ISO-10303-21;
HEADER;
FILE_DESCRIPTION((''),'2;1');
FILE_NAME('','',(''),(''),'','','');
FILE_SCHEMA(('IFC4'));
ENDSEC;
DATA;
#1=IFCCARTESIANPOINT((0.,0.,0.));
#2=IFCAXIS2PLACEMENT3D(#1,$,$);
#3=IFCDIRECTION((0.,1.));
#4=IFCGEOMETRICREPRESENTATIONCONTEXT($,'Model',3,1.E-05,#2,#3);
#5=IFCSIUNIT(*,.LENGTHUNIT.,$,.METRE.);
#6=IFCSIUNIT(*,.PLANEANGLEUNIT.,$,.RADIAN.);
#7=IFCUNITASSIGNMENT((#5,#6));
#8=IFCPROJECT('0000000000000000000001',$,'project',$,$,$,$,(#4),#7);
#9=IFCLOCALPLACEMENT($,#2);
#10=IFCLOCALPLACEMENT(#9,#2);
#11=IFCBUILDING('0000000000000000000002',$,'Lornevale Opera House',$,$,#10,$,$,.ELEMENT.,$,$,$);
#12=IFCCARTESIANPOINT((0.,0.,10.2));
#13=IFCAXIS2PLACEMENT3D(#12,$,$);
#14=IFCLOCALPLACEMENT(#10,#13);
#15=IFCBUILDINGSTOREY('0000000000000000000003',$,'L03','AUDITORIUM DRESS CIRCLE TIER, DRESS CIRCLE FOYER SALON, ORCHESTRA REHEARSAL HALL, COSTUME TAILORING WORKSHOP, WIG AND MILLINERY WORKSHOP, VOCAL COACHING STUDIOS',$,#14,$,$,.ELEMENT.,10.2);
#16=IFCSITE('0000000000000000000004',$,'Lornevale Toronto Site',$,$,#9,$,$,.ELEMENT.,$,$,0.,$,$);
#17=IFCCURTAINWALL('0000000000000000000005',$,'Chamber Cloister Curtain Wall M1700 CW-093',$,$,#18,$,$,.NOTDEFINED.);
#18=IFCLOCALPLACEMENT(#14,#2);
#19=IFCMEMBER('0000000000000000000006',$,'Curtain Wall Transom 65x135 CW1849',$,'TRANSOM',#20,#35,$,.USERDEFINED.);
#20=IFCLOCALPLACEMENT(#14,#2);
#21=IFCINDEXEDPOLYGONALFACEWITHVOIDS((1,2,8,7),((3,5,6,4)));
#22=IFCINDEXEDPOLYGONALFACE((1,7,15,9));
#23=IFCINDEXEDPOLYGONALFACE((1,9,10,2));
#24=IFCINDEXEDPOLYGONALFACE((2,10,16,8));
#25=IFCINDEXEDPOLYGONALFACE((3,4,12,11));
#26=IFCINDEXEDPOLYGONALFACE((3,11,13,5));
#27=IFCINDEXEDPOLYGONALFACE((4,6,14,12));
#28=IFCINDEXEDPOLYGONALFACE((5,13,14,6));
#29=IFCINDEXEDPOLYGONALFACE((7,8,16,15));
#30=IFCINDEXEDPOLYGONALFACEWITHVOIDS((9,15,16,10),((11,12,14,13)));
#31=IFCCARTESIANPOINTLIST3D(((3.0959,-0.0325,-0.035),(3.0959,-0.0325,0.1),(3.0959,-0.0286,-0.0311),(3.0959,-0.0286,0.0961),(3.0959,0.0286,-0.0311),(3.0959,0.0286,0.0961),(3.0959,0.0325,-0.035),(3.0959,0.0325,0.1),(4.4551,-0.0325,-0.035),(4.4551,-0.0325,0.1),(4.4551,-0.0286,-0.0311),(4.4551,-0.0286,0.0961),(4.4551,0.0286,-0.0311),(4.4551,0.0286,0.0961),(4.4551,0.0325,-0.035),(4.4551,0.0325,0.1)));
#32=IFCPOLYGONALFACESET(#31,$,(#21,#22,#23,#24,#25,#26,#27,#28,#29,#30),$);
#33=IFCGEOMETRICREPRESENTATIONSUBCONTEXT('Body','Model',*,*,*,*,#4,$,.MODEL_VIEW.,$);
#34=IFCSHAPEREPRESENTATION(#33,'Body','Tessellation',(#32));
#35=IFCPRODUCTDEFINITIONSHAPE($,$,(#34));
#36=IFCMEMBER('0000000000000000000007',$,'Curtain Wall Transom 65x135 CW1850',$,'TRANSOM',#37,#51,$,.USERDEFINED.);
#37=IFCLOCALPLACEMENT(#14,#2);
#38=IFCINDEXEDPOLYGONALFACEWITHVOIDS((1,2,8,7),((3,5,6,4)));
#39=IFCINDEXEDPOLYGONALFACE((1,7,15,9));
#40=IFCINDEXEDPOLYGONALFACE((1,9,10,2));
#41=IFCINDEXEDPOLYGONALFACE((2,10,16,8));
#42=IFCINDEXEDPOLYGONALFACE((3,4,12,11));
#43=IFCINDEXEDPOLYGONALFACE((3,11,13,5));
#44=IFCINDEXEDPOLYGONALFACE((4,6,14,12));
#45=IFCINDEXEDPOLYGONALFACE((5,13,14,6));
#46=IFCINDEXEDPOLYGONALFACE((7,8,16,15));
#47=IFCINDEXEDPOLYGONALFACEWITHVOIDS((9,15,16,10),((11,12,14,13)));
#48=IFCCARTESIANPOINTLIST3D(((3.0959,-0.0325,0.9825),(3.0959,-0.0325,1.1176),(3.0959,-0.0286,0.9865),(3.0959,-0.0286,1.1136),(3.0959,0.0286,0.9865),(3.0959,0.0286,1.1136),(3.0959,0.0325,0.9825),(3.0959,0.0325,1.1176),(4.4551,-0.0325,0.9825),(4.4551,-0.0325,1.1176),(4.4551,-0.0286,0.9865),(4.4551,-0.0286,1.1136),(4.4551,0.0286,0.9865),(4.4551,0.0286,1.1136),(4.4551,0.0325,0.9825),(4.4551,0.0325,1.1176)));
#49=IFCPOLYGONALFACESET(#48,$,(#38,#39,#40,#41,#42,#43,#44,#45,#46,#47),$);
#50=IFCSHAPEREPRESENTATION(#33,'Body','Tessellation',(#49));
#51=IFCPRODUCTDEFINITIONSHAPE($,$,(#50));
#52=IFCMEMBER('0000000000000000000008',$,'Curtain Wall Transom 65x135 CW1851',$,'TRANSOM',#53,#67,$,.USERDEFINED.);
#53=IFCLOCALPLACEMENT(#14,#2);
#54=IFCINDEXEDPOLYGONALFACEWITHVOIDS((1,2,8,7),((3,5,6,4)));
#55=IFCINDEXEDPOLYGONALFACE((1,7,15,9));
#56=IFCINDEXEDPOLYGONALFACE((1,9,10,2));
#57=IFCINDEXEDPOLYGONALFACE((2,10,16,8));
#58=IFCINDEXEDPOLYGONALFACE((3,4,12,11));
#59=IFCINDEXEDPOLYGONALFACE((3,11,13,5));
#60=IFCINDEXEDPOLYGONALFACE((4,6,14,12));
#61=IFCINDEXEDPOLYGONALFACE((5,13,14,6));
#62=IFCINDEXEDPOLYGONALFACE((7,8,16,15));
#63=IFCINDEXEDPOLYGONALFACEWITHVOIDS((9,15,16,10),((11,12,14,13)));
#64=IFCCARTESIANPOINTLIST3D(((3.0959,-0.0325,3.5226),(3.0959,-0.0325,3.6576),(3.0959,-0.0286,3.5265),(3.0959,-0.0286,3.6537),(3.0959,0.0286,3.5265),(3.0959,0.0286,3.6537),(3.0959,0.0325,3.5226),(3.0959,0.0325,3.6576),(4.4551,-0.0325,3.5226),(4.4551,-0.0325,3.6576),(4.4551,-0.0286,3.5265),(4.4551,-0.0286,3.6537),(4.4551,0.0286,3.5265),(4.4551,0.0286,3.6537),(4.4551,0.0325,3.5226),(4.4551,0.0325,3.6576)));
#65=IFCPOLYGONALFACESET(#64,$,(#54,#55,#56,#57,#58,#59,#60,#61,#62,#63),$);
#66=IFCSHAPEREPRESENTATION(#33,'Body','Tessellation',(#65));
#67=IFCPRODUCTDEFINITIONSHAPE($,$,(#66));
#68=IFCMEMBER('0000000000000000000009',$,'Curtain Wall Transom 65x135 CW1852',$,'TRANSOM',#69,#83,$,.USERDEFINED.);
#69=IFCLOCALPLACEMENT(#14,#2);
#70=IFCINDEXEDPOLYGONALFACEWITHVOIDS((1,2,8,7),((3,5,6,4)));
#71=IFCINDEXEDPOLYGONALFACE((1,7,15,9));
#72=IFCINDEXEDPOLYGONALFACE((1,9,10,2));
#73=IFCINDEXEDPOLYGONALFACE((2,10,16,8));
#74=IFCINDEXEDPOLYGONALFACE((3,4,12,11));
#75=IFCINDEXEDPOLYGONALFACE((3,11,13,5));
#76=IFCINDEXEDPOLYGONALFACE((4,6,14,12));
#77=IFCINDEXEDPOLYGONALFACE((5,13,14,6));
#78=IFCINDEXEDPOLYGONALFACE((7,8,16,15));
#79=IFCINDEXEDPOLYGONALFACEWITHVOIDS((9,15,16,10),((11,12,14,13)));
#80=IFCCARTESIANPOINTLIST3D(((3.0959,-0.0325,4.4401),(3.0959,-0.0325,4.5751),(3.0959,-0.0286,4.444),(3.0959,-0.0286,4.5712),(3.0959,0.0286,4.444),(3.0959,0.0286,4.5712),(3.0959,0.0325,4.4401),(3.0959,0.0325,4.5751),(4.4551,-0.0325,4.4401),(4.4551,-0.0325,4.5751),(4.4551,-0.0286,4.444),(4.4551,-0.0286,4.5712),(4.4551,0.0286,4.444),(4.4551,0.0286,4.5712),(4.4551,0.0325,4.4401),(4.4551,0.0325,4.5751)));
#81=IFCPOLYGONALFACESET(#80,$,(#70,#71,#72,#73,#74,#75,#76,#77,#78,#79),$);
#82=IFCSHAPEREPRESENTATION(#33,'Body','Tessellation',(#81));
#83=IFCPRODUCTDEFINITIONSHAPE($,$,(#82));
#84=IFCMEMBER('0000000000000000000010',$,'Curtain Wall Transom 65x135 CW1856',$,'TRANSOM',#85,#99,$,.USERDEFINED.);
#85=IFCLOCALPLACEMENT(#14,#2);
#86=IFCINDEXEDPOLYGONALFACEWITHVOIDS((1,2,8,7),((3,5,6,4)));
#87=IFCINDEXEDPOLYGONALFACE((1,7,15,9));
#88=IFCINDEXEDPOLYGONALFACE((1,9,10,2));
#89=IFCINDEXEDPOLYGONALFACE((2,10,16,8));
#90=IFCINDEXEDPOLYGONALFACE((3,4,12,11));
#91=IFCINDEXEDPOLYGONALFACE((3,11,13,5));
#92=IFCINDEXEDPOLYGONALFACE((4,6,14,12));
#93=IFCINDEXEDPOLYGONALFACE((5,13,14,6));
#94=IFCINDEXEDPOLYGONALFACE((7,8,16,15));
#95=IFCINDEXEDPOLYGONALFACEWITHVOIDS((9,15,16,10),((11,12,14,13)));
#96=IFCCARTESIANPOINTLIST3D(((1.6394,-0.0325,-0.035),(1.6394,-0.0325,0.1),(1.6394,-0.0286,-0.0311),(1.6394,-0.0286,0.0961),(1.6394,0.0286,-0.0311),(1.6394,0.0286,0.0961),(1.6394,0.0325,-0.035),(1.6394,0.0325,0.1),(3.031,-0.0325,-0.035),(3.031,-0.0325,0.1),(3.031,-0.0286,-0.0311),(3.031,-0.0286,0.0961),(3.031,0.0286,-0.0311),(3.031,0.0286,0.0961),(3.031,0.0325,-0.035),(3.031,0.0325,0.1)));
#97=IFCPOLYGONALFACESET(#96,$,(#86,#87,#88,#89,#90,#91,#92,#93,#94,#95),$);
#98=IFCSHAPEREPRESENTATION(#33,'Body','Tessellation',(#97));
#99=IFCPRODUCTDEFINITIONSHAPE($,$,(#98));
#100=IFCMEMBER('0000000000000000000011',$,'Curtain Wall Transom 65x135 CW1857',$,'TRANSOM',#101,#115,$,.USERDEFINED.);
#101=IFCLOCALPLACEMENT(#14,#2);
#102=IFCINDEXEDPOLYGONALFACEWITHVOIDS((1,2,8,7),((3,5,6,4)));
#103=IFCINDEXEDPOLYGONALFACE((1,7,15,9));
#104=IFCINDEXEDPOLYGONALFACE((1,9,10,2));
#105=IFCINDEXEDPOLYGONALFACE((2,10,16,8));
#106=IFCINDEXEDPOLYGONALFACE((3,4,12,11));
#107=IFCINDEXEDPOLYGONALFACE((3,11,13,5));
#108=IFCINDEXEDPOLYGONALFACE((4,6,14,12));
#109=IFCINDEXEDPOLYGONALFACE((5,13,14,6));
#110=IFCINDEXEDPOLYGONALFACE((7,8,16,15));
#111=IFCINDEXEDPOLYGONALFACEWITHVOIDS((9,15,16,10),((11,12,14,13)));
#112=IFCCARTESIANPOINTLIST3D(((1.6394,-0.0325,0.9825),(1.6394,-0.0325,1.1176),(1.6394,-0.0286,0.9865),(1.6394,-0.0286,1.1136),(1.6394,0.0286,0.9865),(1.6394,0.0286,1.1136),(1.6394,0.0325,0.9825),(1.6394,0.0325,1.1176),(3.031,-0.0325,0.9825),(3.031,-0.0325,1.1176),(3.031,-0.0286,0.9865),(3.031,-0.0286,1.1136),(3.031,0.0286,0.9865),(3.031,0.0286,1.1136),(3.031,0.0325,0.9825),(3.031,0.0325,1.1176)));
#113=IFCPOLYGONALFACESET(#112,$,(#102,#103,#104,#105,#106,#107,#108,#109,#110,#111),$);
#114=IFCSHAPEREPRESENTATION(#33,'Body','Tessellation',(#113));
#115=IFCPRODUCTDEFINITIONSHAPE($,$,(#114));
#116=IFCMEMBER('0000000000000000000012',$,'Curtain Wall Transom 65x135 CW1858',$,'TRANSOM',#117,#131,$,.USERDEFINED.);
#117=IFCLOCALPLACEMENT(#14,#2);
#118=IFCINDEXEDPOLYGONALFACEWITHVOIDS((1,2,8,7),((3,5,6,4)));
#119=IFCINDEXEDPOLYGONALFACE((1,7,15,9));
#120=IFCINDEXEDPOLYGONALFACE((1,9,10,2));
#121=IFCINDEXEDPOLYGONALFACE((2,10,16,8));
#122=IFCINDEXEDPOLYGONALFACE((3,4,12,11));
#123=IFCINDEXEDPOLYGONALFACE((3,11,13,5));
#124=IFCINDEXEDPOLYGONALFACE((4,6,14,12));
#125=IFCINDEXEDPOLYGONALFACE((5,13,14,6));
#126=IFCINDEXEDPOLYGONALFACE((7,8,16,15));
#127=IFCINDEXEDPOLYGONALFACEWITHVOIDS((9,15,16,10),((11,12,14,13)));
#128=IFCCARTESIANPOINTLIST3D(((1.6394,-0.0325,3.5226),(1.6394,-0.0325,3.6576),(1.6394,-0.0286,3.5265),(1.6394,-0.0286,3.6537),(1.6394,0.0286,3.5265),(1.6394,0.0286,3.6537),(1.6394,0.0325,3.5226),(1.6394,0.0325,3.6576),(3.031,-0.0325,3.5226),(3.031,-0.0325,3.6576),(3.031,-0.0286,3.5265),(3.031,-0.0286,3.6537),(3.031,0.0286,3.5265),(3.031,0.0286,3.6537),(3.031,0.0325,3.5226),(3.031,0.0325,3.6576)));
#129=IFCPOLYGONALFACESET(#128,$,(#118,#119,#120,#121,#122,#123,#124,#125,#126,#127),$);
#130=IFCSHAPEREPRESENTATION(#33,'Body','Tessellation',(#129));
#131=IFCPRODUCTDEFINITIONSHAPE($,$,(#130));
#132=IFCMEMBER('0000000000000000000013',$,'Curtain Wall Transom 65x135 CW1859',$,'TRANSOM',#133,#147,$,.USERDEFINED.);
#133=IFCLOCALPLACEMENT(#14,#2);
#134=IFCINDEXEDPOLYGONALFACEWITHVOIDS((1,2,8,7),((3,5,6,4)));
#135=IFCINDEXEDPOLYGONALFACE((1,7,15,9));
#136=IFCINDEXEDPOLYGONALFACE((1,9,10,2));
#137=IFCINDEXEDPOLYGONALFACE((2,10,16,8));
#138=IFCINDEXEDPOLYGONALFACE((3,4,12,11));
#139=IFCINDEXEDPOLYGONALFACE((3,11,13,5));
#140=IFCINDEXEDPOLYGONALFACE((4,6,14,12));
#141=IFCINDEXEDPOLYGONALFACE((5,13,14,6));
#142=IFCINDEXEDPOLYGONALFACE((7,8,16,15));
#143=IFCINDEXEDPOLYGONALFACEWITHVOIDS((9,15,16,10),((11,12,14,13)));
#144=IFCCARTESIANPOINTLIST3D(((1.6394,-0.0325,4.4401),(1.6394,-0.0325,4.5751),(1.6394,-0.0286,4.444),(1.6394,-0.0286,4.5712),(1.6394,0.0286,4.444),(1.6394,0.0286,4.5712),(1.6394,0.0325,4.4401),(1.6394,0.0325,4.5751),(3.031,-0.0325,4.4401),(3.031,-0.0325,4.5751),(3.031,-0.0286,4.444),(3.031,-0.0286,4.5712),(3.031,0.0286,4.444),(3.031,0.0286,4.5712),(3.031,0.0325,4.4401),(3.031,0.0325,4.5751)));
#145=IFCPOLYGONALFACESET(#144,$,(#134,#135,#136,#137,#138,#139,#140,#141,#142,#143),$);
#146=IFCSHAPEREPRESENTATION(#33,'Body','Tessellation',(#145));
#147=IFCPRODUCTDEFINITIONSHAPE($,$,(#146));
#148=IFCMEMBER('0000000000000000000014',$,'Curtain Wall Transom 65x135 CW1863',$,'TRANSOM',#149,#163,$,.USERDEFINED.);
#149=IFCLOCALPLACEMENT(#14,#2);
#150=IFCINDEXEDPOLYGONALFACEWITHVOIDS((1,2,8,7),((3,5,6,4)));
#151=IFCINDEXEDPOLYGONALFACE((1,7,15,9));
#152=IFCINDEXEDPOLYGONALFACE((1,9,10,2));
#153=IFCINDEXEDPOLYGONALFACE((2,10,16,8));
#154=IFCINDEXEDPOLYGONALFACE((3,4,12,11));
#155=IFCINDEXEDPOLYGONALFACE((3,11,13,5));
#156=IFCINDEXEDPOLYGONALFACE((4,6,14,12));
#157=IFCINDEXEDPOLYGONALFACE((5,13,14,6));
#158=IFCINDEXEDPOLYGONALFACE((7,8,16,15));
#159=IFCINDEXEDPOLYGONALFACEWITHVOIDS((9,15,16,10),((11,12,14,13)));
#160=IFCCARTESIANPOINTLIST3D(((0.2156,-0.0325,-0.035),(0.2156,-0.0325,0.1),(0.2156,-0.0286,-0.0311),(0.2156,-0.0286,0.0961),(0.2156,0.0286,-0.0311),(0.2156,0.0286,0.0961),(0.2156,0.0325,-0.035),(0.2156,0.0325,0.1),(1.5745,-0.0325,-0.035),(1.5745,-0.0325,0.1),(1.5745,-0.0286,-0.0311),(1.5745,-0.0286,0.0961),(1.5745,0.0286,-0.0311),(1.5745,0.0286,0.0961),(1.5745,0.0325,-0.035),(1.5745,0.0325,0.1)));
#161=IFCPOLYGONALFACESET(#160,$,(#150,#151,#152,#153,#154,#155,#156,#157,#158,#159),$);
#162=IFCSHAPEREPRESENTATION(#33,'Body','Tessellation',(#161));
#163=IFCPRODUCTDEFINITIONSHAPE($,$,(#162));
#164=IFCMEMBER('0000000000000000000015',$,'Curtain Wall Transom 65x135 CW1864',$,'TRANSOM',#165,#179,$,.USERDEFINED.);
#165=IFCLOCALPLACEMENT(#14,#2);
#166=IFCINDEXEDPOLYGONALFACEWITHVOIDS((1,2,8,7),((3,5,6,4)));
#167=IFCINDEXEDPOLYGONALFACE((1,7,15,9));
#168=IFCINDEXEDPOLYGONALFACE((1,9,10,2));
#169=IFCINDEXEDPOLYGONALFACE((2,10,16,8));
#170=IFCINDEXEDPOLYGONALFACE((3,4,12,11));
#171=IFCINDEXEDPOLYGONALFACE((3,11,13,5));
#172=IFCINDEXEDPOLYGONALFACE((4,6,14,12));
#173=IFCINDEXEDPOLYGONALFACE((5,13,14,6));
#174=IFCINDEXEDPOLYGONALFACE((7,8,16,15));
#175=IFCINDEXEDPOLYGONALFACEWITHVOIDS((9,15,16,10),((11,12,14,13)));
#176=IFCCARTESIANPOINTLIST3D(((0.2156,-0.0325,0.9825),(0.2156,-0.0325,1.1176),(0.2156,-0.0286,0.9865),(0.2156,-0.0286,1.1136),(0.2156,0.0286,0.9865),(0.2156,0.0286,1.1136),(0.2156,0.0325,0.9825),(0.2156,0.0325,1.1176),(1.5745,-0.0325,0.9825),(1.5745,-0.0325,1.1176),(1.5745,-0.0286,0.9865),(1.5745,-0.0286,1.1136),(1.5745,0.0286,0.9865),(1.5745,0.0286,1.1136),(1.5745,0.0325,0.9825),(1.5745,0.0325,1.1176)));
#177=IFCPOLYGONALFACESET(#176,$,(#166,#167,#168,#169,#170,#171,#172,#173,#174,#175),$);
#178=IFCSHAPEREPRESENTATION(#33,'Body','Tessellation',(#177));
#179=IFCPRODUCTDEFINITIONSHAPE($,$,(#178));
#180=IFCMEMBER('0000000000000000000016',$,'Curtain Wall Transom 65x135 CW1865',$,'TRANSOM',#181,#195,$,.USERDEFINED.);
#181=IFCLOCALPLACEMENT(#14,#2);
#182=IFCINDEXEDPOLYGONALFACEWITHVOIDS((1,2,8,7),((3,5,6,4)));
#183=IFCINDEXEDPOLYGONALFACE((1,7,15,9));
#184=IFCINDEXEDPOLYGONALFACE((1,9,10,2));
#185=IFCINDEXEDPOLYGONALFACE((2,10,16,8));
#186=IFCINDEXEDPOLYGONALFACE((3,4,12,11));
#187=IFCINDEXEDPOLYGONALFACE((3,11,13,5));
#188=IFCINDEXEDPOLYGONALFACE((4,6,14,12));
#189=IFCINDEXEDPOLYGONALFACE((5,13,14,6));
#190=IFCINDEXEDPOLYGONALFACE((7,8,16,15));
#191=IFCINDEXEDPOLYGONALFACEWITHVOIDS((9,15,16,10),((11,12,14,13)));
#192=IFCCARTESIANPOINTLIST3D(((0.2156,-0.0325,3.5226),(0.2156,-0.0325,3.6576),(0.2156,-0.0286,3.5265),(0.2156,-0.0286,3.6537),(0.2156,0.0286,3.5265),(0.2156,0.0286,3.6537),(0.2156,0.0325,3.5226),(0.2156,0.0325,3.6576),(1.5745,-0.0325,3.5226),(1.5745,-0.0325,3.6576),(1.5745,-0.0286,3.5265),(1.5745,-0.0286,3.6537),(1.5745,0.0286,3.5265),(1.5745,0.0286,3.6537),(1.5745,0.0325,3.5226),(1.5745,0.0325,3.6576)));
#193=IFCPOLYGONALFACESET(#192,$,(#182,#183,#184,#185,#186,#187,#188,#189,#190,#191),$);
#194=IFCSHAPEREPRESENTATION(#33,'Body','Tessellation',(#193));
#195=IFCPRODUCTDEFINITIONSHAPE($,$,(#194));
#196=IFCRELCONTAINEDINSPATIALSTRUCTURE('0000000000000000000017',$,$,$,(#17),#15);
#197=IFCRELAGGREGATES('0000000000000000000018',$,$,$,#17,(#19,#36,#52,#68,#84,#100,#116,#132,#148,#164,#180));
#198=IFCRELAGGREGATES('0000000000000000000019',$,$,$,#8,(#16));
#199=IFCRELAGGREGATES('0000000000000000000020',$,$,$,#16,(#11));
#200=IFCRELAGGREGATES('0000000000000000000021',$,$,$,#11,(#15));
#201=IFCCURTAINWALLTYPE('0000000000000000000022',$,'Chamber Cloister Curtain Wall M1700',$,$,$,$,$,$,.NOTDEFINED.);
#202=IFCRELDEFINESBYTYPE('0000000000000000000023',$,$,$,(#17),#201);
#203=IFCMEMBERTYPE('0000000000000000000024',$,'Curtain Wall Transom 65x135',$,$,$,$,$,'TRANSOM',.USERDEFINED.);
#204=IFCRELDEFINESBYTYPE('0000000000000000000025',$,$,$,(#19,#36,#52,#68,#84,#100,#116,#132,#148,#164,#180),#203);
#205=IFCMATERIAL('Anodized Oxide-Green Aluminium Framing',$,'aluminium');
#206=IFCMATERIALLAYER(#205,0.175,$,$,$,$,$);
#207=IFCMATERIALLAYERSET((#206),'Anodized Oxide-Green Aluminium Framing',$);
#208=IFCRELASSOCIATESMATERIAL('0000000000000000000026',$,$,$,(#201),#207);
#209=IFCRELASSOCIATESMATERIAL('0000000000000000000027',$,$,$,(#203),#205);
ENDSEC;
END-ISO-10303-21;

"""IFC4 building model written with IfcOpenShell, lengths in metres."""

from ifc_helpers import new_model, si_unit, direction, frame, origin, origin_2d, place, context, subcontext, project, spatial, hollow_rectangle, extrude, material, layer, layer_set, material_profile, profile_set, type_object, element, aggregate, save


model = new_model("IFC4")

# Units and contexts
model_context = context("Model", 3, precision=1e-05, world=origin(), true_north=direction((0.0, 1.0)))
body_context = subcontext(model_context, "Body", "Model", "MODEL_VIEW")
ifc_project = project(units=[si_unit("LENGTHUNIT", "METRE"), si_unit("PLANEANGLEUNIT", "RADIAN")], contexts=[model_context])

# Site, building, storey
site_placement = place(None, origin())
site = spatial("IfcSite", under=ifc_project, at=site_placement, Name="Lornevale Toronto Site", CompositionType="ELEMENT", RefElevation=0.0)
building_placement = place(site_placement, origin())
building = spatial("IfcBuilding", under=site, at=building_placement, Name="Lornevale Opera House", CompositionType="ELEMENT")
storey_placement = place(building_placement, frame((0.0, 0.0, 10.2)))
storey = spatial("IfcBuildingStorey", under=building, at=storey_placement, Name="L03", Description="AUDITORIUM DRESS CIRCLE TIER, DRESS CIRCLE FOYER SALON, ORCHESTRA REHEARSAL HALL, COSTUME TAILORING WORKSHOP, WIG AND MILLINERY WORKSHOP, VOCAL COACHING STUDIOS", CompositionType="ELEMENT", Elevation=10.2)

# Curtain wall
ifc_material_1 = material(Name="Anodized Oxide-Green Aluminium Framing", Category="aluminium")
ifc_layer_1 = layer(ifc_material_1, 0.175)
ifc_layer_set_1 = layer_set([ifc_layer_1], Name="Anodized Oxide-Green Aluminium Framing")
curtain_wall_type = type_object("IfcCurtainWallType", Name="Chamber Cloister Curtain Wall M1700", PredefinedType="NOTDEFINED", material=ifc_layer_set_1)
curtain_wall_1_placement = place(storey_placement, origin())
curtain_wall_1 = element("IfcCurtainWall", 1, at=curtain_wall_1_placement, inside=storey, type_object=curtain_wall_type, Name="Chamber Cloister Curtain Wall M1700 CW-093", PredefinedType="NOTDEFINED")

# Members
ifc_material_profile_1 = material_profile(ifc_material_1, hollow_rectangle(XDim=0.0649, YDim=0.135, WallThickness=0.0039, at=origin_2d()), Name="ALU65x135x4")
ifc_profile_set_1 = profile_set([ifc_material_profile_1], Name="Anodized Oxide-Green Aluminium Framing")
member_type_1 = type_object("IfcMemberType", Name="Curtain Wall Transom 65x135", ElementType="TRANSOM", PredefinedType="USERDEFINED", material=ifc_profile_set_1)
member_1_placement = place(storey_placement, frame((4.4551, 0.0, 0.0325), z_axis=(-1.0, 0.0, 0.0), x_axis=(0.0, -1.0, 0.0)))
member_1 = element("IfcMember", 2, at=member_1_placement, type_object=member_type_1, Name="Curtain Wall Transom 65x135 CW1849", ObjectType="TRANSOM", PredefinedType="USERDEFINED", context=body_context, shape_type="SweptSolid", body=[
    extrude(hollow_rectangle(XDim=0.0649, YDim=0.135, WallThickness=0.0039, at=origin_2d()), origin(), (0.0, 0.0, 1.0), 1.3591),
])
member_2_placement = place(storey_placement, frame((4.4551, 0.0, 1.05), z_axis=(-1.0, 0.0, 0.0), x_axis=(0.0, -1.0, 0.0)))
member_2 = element("IfcMember", 3, at=member_2_placement, type_object=member_type_1, Name="Curtain Wall Transom 65x135 CW1850", ObjectType="TRANSOM", PredefinedType="USERDEFINED", context=body_context, shape_type="SweptSolid", body=[
    extrude(hollow_rectangle(XDim=0.0649, YDim=0.135, WallThickness=0.0039, at=origin_2d()), origin(), (0.0, 0.0, 1.0), 1.3591),
])
member_3_placement = place(storey_placement, frame((4.4551, 0.0, 3.5901), z_axis=(-1.0, 0.0, 0.0), x_axis=(0.0, -1.0, 0.0)))
member_3 = element("IfcMember", 4, at=member_3_placement, type_object=member_type_1, Name="Curtain Wall Transom 65x135 CW1851", ObjectType="TRANSOM", PredefinedType="USERDEFINED", context=body_context, shape_type="SweptSolid", body=[
    extrude(hollow_rectangle(XDim=0.0649, YDim=0.135, WallThickness=0.0039, at=origin_2d()), origin(), (0.0, 0.0, 1.0), 1.3591),
])
member_4_placement = place(storey_placement, frame((4.4551, 0.0, 4.5076), z_axis=(-1.0, 0.0, 0.0), x_axis=(0.0, -1.0, 0.0)))
member_4 = element("IfcMember", 5, at=member_4_placement, type_object=member_type_1, Name="Curtain Wall Transom 65x135 CW1852", ObjectType="TRANSOM", PredefinedType="USERDEFINED", context=body_context, shape_type="SweptSolid", body=[
    extrude(hollow_rectangle(XDim=0.0649, YDim=0.135, WallThickness=0.0039, at=origin_2d()), origin(), (0.0, 0.0, 1.0), 1.3591),
])
member_5_placement = place(storey_placement, frame((3.031, 0.0, 0.0325), z_axis=(-1.0, 0.0, 0.0), x_axis=(0.0, -1.0, 0.0)))
member_5 = element("IfcMember", 6, at=member_5_placement, type_object=member_type_1, Name="Curtain Wall Transom 65x135 CW1856", ObjectType="TRANSOM", PredefinedType="USERDEFINED", context=body_context, shape_type="SweptSolid", body=[
    extrude(hollow_rectangle(XDim=0.0649, YDim=0.135, WallThickness=0.0039, at=origin_2d()), origin(), (0.0, 0.0, 1.0), 1.3916),
])
member_6_placement = place(storey_placement, frame((3.031, 0.0, 1.05), z_axis=(-1.0, 0.0, 0.0), x_axis=(0.0, -1.0, 0.0)))
member_6 = element("IfcMember", 7, at=member_6_placement, type_object=member_type_1, Name="Curtain Wall Transom 65x135 CW1857", ObjectType="TRANSOM", PredefinedType="USERDEFINED", context=body_context, shape_type="SweptSolid", body=[
    extrude(hollow_rectangle(XDim=0.0649, YDim=0.135, WallThickness=0.0039, at=origin_2d()), origin(), (0.0, 0.0, 1.0), 1.3916),
])
member_7_placement = place(storey_placement, frame((3.031, 0.0, 3.5901), z_axis=(-1.0, 0.0, 0.0), x_axis=(0.0, -1.0, 0.0)))
member_7 = element("IfcMember", 8, at=member_7_placement, type_object=member_type_1, Name="Curtain Wall Transom 65x135 CW1858", ObjectType="TRANSOM", PredefinedType="USERDEFINED", context=body_context, shape_type="SweptSolid", body=[
    extrude(hollow_rectangle(XDim=0.0649, YDim=0.135, WallThickness=0.0039, at=origin_2d()), origin(), (0.0, 0.0, 1.0), 1.3916),
])
member_8_placement = place(storey_placement, frame((3.031, 0.0, 4.5076), z_axis=(-1.0, 0.0, 0.0), x_axis=(0.0, -1.0, 0.0)))
member_8 = element("IfcMember", 9, at=member_8_placement, type_object=member_type_1, Name="Curtain Wall Transom 65x135 CW1859", ObjectType="TRANSOM", PredefinedType="USERDEFINED", context=body_context, shape_type="SweptSolid", body=[
    extrude(hollow_rectangle(XDim=0.0649, YDim=0.135, WallThickness=0.0039, at=origin_2d()), origin(), (0.0, 0.0, 1.0), 1.3916),
])
member_9_placement = place(storey_placement, frame((1.5745, 0.0, 0.0325), z_axis=(-1.0, 0.0, 0.0), x_axis=(0.0, -1.0, 0.0)))
member_9 = element("IfcMember", 10, at=member_9_placement, type_object=member_type_1, Name="Curtain Wall Transom 65x135 CW1863", ObjectType="TRANSOM", PredefinedType="USERDEFINED", context=body_context, shape_type="SweptSolid", body=[
    extrude(hollow_rectangle(XDim=0.0649, YDim=0.135, WallThickness=0.0039, at=origin_2d()), origin(), (0.0, 0.0, 1.0), 1.3589),
])
member_10_placement = place(storey_placement, frame((1.5745, 0.0, 1.05), z_axis=(-1.0, 0.0, 0.0), x_axis=(0.0, -1.0, 0.0)))
member_10 = element("IfcMember", 11, at=member_10_placement, type_object=member_type_1, Name="Curtain Wall Transom 65x135 CW1864", ObjectType="TRANSOM", PredefinedType="USERDEFINED", context=body_context, shape_type="SweptSolid", body=[
    extrude(hollow_rectangle(XDim=0.0649, YDim=0.135, WallThickness=0.0039, at=origin_2d()), origin(), (0.0, 0.0, 1.0), 1.3589),
])
member_11_placement = place(storey_placement, frame((1.5745, 0.0, 3.5901), z_axis=(-1.0, 0.0, 0.0), x_axis=(0.0, -1.0, 0.0)))
member_11 = element("IfcMember", 12, at=member_11_placement, type_object=member_type_1, Name="Curtain Wall Transom 65x135 CW1865", ObjectType="TRANSOM", PredefinedType="USERDEFINED", context=body_context, shape_type="SweptSolid", body=[
    extrude(hollow_rectangle(XDim=0.0649, YDim=0.135, WallThickness=0.0039, at=origin_2d()), origin(), (0.0, 0.0, 1.0), 1.3589),
])

aggregate(curtain_wall_1, [member_1, member_2, member_3, member_4, member_5, member_6, member_7, member_8, member_9, member_10, member_11])

save(model, "model.ifc")
